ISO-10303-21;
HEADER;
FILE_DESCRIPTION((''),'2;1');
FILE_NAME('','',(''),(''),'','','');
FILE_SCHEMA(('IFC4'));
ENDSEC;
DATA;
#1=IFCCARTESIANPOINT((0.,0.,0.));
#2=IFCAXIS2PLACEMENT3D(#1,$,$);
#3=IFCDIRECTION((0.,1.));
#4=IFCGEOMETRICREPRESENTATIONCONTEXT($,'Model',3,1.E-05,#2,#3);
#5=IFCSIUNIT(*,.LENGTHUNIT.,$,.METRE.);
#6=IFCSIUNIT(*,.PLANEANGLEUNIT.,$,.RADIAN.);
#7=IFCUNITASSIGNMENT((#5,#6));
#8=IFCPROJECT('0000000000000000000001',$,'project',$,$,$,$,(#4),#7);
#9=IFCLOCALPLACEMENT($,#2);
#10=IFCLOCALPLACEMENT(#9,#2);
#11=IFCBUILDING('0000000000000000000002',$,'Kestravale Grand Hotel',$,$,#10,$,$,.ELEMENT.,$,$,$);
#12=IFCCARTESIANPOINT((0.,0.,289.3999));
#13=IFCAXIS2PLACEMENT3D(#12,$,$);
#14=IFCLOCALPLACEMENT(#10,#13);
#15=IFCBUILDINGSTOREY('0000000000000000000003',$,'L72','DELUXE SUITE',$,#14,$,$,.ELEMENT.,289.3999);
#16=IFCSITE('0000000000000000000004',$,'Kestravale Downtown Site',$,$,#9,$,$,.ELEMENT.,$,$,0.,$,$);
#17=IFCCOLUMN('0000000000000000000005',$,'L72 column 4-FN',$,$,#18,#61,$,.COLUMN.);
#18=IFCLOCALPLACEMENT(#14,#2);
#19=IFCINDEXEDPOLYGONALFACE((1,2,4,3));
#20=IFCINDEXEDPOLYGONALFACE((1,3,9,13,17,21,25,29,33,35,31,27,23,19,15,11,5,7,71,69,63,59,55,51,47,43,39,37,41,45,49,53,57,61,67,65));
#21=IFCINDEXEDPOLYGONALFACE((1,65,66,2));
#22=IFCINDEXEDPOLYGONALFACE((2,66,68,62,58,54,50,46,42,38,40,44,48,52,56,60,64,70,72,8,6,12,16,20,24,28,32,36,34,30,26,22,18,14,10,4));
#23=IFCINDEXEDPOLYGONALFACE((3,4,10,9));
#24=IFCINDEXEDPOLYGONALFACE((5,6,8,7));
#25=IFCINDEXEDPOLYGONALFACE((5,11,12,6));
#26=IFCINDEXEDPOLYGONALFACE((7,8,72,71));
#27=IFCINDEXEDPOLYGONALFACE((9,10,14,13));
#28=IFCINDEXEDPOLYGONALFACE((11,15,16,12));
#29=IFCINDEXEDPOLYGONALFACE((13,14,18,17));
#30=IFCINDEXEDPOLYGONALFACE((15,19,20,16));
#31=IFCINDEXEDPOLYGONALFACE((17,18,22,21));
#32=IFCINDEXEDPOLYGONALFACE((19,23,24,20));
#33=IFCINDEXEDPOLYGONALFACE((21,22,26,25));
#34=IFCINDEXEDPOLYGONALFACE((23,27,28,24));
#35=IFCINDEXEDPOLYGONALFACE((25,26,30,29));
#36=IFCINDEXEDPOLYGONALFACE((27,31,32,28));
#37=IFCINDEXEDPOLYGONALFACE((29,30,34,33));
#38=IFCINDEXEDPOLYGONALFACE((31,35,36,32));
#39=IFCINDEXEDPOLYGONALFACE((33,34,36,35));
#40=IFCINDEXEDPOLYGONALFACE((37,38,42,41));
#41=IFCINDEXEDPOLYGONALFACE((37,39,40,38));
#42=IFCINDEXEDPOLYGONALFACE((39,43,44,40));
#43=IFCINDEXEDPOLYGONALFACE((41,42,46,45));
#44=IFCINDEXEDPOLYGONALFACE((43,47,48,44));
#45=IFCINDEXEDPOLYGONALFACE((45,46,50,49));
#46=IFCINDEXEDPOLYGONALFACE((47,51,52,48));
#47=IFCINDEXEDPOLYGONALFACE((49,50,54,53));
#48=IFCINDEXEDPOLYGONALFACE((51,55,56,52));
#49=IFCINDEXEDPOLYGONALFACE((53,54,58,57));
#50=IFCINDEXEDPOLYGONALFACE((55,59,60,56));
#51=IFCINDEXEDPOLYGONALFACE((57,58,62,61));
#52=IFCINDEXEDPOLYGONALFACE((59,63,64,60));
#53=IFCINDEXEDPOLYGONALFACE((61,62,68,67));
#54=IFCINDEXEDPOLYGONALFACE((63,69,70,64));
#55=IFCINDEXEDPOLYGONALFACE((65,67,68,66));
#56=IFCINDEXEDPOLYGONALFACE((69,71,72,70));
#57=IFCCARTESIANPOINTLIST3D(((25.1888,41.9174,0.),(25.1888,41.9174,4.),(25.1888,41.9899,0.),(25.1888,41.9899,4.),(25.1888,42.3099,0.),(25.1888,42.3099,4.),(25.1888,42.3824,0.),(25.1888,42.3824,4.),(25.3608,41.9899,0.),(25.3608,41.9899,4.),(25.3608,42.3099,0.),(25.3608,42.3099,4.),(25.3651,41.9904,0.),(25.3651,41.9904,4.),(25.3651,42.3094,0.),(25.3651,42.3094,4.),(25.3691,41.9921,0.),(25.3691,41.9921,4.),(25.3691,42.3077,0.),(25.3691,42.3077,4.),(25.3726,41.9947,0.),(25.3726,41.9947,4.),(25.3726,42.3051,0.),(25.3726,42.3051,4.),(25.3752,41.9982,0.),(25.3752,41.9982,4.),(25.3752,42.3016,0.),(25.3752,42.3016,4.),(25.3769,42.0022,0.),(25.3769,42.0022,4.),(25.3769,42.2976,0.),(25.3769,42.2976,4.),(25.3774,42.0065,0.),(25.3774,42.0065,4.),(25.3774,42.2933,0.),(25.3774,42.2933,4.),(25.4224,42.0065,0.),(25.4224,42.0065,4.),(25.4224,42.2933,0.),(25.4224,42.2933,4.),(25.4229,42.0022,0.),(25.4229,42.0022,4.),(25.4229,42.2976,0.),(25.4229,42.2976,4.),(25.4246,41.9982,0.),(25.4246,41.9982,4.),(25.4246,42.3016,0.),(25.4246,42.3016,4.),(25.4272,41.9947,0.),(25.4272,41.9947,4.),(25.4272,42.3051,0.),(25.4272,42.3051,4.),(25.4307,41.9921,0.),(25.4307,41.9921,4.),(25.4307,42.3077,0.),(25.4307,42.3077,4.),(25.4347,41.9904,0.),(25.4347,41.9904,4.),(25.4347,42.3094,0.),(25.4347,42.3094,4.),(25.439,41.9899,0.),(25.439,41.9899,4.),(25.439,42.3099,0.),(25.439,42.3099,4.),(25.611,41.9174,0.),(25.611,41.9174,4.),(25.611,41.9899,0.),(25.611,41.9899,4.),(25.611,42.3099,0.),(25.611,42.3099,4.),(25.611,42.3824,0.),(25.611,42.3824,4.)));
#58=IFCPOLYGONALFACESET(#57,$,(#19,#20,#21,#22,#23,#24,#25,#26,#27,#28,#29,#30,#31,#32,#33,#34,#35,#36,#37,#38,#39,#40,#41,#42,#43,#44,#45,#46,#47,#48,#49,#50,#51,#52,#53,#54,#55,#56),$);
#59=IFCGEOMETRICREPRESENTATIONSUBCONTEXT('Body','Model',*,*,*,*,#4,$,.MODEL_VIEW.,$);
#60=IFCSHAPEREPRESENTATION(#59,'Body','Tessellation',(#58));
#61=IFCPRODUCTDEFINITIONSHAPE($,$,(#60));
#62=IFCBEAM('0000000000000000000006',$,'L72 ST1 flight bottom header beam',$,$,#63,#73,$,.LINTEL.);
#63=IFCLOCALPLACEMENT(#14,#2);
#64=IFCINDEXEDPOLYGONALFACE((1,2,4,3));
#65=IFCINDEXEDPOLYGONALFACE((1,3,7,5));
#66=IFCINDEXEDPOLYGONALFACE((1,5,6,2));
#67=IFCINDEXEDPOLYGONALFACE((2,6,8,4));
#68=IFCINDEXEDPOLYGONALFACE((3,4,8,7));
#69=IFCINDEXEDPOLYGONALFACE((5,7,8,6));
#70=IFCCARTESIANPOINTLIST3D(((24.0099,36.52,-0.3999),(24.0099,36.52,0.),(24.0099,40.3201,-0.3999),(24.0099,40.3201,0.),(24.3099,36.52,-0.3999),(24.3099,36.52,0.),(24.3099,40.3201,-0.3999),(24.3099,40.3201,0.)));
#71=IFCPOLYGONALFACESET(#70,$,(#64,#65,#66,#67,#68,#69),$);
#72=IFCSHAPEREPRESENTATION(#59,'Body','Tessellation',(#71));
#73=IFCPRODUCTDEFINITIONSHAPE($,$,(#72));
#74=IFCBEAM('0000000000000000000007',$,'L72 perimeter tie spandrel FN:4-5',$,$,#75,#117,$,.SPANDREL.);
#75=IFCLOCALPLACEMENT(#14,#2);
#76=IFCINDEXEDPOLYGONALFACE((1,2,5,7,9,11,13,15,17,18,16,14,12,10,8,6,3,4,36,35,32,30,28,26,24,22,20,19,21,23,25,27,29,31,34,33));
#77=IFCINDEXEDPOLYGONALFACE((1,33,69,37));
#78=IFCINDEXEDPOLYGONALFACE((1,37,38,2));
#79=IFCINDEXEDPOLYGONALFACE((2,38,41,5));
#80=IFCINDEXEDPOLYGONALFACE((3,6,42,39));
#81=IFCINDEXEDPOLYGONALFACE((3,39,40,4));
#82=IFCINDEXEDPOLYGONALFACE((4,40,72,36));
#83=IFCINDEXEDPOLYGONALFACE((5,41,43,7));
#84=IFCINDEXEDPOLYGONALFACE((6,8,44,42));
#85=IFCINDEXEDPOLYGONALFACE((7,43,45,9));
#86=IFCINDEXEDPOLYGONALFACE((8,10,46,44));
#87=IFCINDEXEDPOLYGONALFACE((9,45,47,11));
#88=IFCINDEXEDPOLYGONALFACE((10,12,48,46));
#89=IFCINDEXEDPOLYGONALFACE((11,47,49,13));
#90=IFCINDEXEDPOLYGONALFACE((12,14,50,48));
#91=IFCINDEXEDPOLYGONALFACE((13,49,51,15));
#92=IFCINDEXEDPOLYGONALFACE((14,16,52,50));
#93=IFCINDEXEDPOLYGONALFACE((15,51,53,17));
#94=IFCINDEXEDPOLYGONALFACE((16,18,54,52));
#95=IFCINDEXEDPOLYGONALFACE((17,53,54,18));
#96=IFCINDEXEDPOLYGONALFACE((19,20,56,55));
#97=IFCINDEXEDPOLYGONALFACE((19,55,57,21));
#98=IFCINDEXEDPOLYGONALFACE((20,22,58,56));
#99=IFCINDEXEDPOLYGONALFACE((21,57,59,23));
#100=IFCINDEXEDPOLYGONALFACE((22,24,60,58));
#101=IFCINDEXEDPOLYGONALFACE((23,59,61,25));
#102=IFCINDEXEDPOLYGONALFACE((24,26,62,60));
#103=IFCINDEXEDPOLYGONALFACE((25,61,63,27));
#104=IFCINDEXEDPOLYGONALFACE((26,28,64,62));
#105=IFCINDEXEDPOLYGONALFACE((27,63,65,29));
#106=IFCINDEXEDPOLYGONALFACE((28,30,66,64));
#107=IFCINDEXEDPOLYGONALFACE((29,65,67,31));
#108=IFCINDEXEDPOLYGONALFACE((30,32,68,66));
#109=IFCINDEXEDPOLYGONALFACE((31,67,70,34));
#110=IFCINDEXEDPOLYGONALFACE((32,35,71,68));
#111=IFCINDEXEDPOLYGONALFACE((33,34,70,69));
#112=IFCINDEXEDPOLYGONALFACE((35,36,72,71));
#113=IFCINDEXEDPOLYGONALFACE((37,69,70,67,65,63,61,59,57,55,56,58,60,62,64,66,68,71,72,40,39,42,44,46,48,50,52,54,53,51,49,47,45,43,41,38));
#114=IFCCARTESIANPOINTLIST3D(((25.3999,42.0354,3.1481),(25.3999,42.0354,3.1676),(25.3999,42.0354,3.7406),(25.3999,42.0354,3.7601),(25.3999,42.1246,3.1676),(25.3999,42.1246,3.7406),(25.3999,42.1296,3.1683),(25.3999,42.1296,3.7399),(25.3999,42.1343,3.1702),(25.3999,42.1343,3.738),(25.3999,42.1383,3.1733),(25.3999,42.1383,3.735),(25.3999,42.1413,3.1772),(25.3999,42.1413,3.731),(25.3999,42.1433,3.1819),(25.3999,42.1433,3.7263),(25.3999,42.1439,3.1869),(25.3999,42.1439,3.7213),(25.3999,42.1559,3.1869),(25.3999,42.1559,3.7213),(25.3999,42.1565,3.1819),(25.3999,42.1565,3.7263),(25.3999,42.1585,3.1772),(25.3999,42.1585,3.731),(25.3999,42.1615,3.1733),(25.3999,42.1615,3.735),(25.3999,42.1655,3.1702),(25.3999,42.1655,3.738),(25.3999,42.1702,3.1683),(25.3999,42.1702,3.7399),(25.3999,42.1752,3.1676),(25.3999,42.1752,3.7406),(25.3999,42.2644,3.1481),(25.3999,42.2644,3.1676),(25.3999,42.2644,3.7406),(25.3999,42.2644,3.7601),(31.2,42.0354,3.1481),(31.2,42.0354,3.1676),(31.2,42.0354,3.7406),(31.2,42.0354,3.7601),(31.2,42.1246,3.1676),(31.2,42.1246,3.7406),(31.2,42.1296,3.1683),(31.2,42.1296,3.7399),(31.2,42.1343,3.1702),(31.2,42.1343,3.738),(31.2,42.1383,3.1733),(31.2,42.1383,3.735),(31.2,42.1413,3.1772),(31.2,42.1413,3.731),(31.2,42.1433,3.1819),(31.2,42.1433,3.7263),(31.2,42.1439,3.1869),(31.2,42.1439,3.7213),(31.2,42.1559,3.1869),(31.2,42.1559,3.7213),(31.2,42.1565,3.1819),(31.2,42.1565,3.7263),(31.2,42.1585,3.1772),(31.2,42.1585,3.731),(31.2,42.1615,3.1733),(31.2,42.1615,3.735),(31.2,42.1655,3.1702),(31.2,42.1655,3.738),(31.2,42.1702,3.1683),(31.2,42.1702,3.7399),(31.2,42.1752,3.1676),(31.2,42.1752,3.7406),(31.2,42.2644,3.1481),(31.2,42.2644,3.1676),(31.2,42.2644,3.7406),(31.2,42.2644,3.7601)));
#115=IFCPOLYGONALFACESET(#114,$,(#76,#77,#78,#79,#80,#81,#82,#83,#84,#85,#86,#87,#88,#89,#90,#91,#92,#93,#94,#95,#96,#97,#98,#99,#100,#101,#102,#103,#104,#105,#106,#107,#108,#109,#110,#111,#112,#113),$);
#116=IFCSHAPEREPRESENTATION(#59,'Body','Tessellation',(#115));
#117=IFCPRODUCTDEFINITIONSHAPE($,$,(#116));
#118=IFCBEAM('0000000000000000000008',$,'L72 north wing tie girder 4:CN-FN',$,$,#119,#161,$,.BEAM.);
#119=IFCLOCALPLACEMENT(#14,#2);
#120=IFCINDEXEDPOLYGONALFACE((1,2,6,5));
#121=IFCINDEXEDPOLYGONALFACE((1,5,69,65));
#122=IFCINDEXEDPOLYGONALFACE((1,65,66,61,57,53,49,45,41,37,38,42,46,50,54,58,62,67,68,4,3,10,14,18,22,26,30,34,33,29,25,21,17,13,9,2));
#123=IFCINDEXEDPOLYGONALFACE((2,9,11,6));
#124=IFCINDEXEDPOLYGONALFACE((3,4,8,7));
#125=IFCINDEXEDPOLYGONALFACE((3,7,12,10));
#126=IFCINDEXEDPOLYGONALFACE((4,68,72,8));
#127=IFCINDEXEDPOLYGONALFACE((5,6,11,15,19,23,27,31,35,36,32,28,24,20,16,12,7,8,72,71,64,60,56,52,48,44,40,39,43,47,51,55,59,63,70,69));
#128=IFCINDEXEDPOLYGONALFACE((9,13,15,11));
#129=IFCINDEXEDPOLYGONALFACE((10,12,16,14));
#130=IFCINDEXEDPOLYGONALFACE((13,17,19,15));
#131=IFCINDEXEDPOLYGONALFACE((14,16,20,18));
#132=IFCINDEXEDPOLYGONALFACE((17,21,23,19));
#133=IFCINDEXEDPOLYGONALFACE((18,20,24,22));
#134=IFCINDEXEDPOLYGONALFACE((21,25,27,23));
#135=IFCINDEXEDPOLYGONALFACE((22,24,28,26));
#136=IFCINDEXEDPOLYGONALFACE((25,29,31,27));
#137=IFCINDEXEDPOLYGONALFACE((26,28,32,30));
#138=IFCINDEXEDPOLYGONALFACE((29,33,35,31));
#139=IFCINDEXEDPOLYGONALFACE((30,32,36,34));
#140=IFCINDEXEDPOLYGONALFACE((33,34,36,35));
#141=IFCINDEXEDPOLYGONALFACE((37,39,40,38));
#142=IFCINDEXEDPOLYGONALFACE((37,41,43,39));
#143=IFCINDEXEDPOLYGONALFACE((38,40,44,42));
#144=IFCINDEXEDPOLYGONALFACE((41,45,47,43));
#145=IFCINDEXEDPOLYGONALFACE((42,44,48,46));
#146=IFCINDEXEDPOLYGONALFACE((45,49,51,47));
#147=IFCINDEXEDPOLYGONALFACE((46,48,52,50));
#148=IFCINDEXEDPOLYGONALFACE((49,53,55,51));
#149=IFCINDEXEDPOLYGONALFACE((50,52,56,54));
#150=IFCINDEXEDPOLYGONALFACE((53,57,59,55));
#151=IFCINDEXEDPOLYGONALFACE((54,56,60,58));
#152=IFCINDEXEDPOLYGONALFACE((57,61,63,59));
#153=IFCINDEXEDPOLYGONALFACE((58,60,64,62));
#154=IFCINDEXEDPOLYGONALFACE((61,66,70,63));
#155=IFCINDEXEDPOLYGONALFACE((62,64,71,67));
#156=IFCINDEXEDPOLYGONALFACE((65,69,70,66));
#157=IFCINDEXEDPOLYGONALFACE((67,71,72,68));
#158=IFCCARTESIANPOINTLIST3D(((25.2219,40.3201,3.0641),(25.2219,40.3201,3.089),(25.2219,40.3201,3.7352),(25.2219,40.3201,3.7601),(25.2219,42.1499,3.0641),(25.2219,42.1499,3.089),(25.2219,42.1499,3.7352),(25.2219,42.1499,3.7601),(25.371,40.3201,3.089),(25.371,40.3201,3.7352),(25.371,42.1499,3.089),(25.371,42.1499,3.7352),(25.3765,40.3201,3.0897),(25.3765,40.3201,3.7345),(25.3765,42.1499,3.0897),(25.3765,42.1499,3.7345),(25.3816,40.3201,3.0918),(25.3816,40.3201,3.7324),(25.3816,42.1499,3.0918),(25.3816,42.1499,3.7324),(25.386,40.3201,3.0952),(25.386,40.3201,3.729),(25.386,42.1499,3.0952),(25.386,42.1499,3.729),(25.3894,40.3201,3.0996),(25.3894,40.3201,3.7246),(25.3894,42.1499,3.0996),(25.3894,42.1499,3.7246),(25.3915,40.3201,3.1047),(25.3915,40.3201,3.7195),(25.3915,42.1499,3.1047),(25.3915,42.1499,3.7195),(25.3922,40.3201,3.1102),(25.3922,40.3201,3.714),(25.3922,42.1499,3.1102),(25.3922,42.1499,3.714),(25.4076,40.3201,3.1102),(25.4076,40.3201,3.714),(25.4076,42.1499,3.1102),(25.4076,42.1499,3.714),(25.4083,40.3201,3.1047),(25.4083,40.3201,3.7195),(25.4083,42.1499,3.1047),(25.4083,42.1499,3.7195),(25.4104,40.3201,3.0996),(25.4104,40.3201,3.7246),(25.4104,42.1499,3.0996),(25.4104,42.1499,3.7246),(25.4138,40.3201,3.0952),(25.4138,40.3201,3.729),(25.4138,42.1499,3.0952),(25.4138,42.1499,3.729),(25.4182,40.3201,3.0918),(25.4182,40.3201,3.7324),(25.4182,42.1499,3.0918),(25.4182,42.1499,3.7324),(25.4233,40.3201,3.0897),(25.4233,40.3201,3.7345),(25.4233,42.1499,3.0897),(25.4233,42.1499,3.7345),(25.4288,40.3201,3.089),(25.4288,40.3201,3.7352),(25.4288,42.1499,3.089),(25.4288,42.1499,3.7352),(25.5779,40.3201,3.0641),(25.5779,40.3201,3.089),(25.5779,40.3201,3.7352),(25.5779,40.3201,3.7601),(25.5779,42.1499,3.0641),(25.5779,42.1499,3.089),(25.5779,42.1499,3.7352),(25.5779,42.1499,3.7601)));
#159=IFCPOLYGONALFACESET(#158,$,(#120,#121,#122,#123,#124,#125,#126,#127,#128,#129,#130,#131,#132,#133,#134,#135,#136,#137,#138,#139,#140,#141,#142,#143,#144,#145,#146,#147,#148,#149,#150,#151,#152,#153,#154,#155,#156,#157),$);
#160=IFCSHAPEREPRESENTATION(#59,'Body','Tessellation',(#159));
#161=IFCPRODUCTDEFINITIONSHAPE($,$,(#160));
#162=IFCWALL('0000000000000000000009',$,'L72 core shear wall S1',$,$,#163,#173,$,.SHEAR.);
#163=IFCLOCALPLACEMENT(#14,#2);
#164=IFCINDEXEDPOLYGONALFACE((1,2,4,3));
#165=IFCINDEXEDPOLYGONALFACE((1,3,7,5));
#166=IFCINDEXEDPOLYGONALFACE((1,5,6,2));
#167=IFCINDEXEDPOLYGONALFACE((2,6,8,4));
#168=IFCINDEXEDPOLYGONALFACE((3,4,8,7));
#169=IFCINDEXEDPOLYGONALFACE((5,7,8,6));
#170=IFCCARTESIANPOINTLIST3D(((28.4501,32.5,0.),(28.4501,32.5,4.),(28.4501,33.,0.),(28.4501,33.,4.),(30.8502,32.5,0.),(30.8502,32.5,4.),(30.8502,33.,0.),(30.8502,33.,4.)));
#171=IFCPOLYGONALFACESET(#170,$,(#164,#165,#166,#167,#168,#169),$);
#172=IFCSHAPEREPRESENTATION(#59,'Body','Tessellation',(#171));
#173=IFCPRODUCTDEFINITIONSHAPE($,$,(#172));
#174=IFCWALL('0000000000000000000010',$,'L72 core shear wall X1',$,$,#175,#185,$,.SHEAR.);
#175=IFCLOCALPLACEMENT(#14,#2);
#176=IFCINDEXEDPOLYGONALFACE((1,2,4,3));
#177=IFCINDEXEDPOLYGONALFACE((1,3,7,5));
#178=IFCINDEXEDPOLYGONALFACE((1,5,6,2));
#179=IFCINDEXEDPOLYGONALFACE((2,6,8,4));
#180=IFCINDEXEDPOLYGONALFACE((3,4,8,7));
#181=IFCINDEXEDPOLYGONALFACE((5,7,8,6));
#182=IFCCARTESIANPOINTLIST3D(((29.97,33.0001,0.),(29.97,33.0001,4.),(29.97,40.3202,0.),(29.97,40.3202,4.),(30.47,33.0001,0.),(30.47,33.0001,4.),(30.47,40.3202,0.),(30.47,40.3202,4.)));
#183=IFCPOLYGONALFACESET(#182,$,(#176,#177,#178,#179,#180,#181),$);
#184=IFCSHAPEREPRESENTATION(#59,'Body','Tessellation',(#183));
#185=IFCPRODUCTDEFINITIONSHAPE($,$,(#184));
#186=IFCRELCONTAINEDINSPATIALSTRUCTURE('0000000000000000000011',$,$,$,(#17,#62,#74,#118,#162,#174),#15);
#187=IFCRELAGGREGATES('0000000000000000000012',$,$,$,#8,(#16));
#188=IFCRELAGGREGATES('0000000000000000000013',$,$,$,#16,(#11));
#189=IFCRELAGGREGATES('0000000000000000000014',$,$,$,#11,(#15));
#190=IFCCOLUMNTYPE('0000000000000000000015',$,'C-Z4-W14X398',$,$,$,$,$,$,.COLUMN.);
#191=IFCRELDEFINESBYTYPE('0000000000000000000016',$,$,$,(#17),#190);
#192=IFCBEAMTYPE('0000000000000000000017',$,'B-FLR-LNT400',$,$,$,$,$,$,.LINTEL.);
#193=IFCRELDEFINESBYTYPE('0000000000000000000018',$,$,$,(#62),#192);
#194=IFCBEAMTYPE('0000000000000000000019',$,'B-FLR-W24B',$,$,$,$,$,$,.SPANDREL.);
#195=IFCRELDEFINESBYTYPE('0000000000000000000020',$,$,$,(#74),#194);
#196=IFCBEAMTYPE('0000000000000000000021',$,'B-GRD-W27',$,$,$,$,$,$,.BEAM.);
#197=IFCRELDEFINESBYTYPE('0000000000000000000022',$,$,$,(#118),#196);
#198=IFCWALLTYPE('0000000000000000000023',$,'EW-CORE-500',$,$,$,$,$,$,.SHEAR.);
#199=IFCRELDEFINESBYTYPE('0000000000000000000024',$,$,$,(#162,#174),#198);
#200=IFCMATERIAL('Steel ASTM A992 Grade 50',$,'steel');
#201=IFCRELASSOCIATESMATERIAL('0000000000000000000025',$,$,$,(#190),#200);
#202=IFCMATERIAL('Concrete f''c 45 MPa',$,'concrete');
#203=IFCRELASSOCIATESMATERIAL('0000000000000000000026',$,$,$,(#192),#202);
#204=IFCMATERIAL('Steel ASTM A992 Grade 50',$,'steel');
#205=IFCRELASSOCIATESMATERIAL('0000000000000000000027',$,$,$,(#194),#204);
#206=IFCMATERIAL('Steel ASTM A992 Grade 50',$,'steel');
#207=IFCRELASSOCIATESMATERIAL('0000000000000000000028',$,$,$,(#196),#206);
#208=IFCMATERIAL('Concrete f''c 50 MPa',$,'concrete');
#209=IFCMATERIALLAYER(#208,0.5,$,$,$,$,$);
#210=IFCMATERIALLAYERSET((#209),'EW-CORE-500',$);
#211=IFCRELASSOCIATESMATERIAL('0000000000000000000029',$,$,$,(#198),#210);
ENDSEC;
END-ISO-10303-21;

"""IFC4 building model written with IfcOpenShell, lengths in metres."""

from ifc_helpers import new_model, si_unit, direction, frame, frame_2d, origin, origin_2d, place, context, subcontext, project, spatial, rectangle, i_section, extrude, material, layer, layer_set, material_profile, profile_set, type_object, element, save


model = new_model("IFC4")

# Units and contexts
model_context = context("Model", 3, precision=1e-05, world=origin(), true_north=direction((0.0, 1.0)))
body_context = subcontext(model_context, "Body", "Model", "MODEL_VIEW")
ifc_project = project(units=[si_unit("LENGTHUNIT", "METRE"), si_unit("PLANEANGLEUNIT", "RADIAN")], contexts=[model_context])

# Site, building, storey
site_placement = place(None, origin())
site = spatial("IfcSite", under=ifc_project, at=site_placement, Name="Kestravale Downtown Site", CompositionType="ELEMENT", RefElevation=0.0)
building_placement = place(site_placement, origin())
building = spatial("IfcBuilding", under=site, at=building_placement, Name="Kestravale Grand Hotel", CompositionType="ELEMENT")
storey_placement = place(building_placement, frame((0.0, 0.0, 289.3999)))
storey = spatial("IfcBuildingStorey", under=building, at=storey_placement, Name="L72", Description="DELUXE SUITE", CompositionType="ELEMENT", Elevation=289.3999)

# Column
ifc_material_1 = material(Name="Steel ASTM A992 Grade 50", Category="steel")
ifc_material_profile_1 = material_profile(ifc_material_1, i_section(OverallWidth=0.4221, OverallDepth=0.4651, WebThickness=0.0449, FlangeThickness=0.0725, FilletRadius=0.0166, at=origin_2d()))
ifc_profile_set_1 = profile_set([ifc_material_profile_1], Name="Steel ASTM A992 Grade 50")
column_type = type_object("IfcColumnType", Name="C-Z4-W14X398", PredefinedType="COLUMN", material=ifc_profile_set_1)
column_placement = place(storey_placement, frame((25.3999, 42.1499, 0.0), z_axis=(0.0, 0.0, 1.0), x_axis=(1.0, 0.0, 0.0)))
element("IfcColumn", 1, at=column_placement, inside=storey, type_object=column_type, Name="L72 column 4-FN", PredefinedType="COLUMN", context=body_context, shape_type="SweptSolid", body=[
    extrude(i_section(OverallWidth=0.4221, OverallDepth=0.4651, WebThickness=0.0449, FlangeThickness=0.0725, FilletRadius=0.0166, at=origin_2d()), origin(), (0.0, 0.0, 1.0), 4.0),
])

# Beams
ifc_material_2 = material(Name="Concrete f'c 45 MPa", Category="concrete")
ifc_material_profile_2 = material_profile(ifc_material_2, rectangle(XDim=0.3, YDim=0.3999, at=origin_2d()))
ifc_profile_set_2 = profile_set([ifc_material_profile_2], Name="Concrete f'c 45 MPa")
beam_type_1 = type_object("IfcBeamType", Name="B-FLR-LNT400", PredefinedType="LINTEL", material=ifc_profile_set_2)
beam_1_placement = place(storey_placement, frame((24.1599, 36.52, -0.2), z_axis=(0.0, 1.0, 0.0), x_axis=(-1.0, 0.0, 0.0)))
element("IfcBeam", 2, at=beam_1_placement, inside=storey, type_object=beam_type_1, Name="L72 ST1 flight bottom header beam", PredefinedType="LINTEL", context=body_context, shape_type="SweptSolid", body=[
    extrude(rectangle(XDim=0.3, YDim=0.3999, at=origin_2d()), origin(), (0.0, 0.0, 1.0), 3.8),
])
ifc_material_3 = material(Name="Steel ASTM A992 Grade 50", Category="steel")
ifc_material_profile_3 = material_profile(ifc_material_3, i_section(OverallWidth=0.229, OverallDepth=0.6121, WebThickness=0.012, FlangeThickness=0.0195, FilletRadius=0.0193, at=origin_2d()))
ifc_profile_set_3 = profile_set([ifc_material_profile_3], Name="Steel ASTM A992 Grade 50")
beam_type_2 = type_object("IfcBeamType", Name="B-FLR-W24B", PredefinedType="SPANDREL", material=ifc_profile_set_3)
beam_2_placement = place(storey_placement, frame((25.3999, 42.1499, 3.4541), z_axis=(1.0, 0.0, 0.0), x_axis=(0.0, 1.0, 0.0)))
element("IfcBeam", 3, at=beam_2_placement, inside=storey, type_object=beam_type_2, Name="L72 perimeter tie spandrel FN:4-5", PredefinedType="SPANDREL", context=body_context, shape_type="SweptSolid", body=[
    extrude(i_section(OverallWidth=0.229, OverallDepth=0.6121, WebThickness=0.012, FlangeThickness=0.0195, FilletRadius=0.0193, at=origin_2d()), origin(), (0.0, 0.0, 1.0), 5.8),
])
ifc_material_4 = material(Name="Steel ASTM A992 Grade 50", Category="steel")
ifc_material_profile_4 = material_profile(ifc_material_4, i_section(OverallWidth=0.356, OverallDepth=0.696, WebThickness=0.0154, FlangeThickness=0.0249, FilletRadius=0.0212, at=origin_2d()))
ifc_profile_set_4 = profile_set([ifc_material_profile_4], Name="Steel ASTM A992 Grade 50")
beam_type_3 = type_object("IfcBeamType", Name="B-GRD-W27", PredefinedType="BEAM", material=ifc_profile_set_4)
beam_3_placement = place(storey_placement, frame((25.3999, 40.3201, 3.4121), z_axis=(0.0, 1.0, 0.0), x_axis=(-1.0, 0.0, 0.0)))
element("IfcBeam", 4, at=beam_3_placement, inside=storey, type_object=beam_type_3, Name="L72 north wing tie girder 4:CN-FN", PredefinedType="BEAM", context=body_context, shape_type="SweptSolid", body=[
    extrude(i_section(OverallWidth=0.356, OverallDepth=0.696, WebThickness=0.0154, FlangeThickness=0.0249, FilletRadius=0.0212, at=origin_2d()), origin(), (0.0, 0.0, 1.0), 1.8298),
])

# Walls
ifc_material_5 = material(Name="Concrete f'c 50 MPa", Category="concrete")
ifc_layer_1 = layer(ifc_material_5, 0.5)
ifc_layer_set_1 = layer_set([ifc_layer_1], Name="EW-CORE-500")
wall_type_1 = type_object("IfcWallType", Name="EW-CORE-500", PredefinedType="SHEAR", material=ifc_layer_set_1)
wall_1_placement = place(storey_placement, frame((28.45, 32.75, 0.0), z_axis=(0.0, 0.0, 1.0), x_axis=(1.0, 0.0, 0.0)))
element("IfcWall", 5, at=wall_1_placement, inside=storey, type_object=wall_type_1, Name="L72 core shear wall S1", PredefinedType="SHEAR", context=body_context, shape_type="SweptSolid", body=[
    extrude(rectangle(XDim=2.4001, YDim=0.5, at=frame_2d((1.2002, 0.0))), origin(), (0.0, 0.0, 1.0), 4.0),
])
wall_2_placement = place(storey_placement, frame((30.22, 33.0, 0.0), z_axis=(0.0, 0.0, 1.0), x_axis=(0.0, 1.0, 0.0)))
element("IfcWall", 6, at=wall_2_placement, inside=storey, type_object=wall_type_1, Name="L72 core shear wall X1", PredefinedType="SHEAR", context=body_context, shape_type="SweptSolid", body=[
    extrude(rectangle(XDim=7.3201, YDim=0.5, at=frame_2d((3.6602, 0.0))), origin(), (0.0, 0.0, 1.0), 4.0),
])

save(model, "model.ifc")
